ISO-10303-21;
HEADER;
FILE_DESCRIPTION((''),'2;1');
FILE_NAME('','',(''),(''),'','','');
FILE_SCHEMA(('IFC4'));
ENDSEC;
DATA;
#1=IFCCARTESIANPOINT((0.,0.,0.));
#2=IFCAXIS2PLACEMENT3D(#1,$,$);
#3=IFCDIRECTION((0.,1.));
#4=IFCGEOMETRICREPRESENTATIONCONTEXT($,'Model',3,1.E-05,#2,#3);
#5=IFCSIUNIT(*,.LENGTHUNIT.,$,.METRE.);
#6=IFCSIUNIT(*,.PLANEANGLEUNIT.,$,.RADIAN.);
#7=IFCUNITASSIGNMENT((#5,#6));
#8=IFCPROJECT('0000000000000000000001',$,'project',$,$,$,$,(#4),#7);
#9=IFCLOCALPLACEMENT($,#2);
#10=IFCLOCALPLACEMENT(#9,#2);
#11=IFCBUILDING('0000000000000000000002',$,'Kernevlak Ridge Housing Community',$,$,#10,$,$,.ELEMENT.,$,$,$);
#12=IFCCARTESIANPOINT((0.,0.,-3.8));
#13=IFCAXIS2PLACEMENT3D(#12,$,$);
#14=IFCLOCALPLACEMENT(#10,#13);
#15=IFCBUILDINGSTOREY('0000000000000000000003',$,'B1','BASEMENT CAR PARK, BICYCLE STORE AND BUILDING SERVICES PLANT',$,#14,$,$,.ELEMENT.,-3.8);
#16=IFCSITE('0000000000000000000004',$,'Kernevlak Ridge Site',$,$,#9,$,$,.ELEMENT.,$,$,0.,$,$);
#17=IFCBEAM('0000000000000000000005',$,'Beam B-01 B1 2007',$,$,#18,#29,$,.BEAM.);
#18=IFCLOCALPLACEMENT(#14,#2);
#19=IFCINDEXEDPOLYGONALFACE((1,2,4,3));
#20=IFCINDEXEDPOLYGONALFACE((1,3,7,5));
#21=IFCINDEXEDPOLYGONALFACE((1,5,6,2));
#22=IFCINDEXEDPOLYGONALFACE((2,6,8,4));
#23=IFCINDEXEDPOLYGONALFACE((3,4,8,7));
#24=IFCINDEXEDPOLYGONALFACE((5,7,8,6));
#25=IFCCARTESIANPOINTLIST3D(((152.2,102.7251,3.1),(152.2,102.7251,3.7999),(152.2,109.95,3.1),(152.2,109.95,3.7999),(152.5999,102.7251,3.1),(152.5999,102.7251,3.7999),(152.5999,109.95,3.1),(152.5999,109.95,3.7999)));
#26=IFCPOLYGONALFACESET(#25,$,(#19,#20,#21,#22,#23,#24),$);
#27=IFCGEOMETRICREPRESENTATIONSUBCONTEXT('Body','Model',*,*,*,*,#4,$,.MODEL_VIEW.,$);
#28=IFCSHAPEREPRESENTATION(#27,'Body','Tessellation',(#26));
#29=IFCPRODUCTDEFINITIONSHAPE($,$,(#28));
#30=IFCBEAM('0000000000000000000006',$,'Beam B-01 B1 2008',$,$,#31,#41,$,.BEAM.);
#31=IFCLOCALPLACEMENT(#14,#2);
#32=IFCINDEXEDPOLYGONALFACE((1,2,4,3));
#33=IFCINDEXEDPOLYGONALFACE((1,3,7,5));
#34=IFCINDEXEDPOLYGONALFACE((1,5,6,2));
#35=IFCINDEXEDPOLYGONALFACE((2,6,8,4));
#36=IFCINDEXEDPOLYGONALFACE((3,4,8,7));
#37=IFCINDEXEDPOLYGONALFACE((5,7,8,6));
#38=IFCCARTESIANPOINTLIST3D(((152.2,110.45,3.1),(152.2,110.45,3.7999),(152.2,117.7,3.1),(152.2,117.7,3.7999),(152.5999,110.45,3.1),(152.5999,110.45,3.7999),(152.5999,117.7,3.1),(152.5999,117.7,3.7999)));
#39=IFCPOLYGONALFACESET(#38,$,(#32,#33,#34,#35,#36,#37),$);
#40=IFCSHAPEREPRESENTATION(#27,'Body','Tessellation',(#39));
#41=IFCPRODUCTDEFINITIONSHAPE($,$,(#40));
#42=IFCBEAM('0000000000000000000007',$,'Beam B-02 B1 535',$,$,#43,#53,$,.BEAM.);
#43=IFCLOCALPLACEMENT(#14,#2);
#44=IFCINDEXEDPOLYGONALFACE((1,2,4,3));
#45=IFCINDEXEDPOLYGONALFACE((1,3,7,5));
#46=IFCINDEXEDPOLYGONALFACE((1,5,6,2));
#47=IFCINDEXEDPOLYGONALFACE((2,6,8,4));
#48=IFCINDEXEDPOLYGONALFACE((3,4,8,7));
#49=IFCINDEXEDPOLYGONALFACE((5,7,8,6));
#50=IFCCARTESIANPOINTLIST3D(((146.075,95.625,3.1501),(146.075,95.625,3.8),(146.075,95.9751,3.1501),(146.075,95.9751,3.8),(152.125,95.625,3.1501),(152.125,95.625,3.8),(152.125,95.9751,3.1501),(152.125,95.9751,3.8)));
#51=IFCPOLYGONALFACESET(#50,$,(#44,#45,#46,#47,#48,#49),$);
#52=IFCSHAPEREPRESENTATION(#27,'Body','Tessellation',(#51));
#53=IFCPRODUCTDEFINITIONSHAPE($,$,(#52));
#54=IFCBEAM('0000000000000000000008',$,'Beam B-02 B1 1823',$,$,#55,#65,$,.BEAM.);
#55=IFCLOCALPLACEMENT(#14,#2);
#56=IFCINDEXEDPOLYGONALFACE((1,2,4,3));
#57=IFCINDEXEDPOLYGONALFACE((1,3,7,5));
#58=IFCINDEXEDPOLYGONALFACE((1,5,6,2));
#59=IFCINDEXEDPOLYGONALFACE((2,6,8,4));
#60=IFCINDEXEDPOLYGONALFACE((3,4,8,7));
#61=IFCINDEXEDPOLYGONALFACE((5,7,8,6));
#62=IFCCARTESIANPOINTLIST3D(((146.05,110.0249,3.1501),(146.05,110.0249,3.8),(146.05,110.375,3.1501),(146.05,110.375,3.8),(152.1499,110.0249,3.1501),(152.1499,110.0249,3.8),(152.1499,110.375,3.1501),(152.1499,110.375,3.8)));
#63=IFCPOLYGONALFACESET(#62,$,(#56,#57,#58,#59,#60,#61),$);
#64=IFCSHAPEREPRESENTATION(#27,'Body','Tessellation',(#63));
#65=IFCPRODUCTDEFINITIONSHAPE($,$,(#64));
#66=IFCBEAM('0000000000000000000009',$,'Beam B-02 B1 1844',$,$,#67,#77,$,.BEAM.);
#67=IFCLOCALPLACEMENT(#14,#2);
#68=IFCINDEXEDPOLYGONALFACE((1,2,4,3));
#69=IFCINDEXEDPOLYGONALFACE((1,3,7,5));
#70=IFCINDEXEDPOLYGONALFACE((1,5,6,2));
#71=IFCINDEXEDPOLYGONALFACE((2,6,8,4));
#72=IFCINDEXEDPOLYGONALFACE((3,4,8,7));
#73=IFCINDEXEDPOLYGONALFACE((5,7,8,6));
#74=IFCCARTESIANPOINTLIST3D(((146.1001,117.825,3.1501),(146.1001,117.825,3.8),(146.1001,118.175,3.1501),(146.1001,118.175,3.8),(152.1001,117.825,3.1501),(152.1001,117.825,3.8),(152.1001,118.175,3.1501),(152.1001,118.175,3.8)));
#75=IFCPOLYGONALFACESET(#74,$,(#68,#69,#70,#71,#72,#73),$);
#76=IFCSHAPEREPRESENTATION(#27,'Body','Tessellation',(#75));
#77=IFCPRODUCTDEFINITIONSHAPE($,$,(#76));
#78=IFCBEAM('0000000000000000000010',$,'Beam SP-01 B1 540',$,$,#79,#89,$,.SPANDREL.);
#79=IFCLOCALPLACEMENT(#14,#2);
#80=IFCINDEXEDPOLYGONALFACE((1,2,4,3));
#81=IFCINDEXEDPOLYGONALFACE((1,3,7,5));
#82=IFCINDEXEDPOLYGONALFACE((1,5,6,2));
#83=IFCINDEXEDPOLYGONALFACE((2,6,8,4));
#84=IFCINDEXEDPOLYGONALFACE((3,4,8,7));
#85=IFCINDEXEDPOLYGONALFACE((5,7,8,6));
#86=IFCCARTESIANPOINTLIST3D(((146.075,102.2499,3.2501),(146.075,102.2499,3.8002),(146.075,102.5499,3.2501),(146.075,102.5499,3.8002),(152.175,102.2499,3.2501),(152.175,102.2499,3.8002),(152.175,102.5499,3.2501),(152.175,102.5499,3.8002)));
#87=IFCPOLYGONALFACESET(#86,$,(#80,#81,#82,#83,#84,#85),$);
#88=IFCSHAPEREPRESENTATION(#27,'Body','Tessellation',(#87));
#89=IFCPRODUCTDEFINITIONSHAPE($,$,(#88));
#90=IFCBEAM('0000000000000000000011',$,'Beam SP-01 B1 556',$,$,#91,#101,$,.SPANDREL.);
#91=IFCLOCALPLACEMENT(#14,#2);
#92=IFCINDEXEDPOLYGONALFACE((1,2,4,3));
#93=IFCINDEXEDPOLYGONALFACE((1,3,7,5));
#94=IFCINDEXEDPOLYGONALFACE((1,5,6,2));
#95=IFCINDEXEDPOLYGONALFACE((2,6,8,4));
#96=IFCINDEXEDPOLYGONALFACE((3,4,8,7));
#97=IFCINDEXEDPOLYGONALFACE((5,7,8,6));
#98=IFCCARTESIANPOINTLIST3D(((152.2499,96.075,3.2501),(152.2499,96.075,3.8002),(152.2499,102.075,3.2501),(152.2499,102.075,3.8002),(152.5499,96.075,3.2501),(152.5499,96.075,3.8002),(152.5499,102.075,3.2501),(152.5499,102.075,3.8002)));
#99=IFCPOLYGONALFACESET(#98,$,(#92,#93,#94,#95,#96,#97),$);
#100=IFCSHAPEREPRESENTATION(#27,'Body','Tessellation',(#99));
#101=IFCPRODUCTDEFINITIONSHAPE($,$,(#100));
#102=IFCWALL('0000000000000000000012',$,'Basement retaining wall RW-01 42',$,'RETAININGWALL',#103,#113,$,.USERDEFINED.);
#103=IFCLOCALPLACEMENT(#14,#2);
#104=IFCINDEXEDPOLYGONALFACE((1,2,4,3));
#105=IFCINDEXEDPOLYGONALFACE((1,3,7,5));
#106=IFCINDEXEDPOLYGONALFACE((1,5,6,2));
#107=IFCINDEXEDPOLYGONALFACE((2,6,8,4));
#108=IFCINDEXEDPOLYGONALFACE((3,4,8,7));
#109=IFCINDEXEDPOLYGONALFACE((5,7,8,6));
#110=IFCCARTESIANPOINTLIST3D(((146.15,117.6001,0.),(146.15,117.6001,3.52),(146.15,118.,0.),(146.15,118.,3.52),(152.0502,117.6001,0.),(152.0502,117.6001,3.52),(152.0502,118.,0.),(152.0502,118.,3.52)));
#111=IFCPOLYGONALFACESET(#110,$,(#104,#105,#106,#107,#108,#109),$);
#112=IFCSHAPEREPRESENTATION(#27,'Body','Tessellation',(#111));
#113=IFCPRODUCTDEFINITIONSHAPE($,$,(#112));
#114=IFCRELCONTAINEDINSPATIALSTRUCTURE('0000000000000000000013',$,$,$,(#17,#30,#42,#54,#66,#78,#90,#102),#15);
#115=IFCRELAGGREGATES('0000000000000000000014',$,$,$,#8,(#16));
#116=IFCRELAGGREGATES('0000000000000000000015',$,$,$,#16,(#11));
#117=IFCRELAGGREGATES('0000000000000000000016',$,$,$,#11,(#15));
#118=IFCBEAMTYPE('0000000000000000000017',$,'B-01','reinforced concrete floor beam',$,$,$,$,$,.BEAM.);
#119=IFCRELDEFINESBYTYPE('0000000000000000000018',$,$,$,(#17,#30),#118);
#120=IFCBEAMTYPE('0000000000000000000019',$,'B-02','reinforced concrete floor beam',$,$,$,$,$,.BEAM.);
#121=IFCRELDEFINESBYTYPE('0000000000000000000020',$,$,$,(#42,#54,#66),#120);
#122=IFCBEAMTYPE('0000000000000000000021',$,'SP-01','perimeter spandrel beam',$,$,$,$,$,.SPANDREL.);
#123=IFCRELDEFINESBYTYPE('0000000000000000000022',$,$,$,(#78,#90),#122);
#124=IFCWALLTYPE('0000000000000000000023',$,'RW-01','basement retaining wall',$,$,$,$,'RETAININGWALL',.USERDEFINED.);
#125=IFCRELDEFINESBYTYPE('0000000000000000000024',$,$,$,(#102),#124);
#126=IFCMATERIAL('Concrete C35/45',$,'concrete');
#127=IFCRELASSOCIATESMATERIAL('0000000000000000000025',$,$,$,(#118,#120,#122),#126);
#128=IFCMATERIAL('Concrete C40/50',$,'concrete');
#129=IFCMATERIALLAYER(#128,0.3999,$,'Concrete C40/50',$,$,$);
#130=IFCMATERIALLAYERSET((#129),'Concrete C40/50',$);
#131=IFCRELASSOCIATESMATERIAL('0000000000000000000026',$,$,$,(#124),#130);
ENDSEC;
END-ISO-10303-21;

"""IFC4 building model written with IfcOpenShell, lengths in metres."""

from ifc_helpers import new_model, si_unit, direction, frame, frame_2d, origin, origin_2d, place, context, subcontext, project, spatial, rectangle, extrude, material, layer, layer_set, material_profile, profile_set, type_object, element, save


model = new_model("IFC4")

# Units and contexts
model_context = context("Model", 3, precision=1e-05, world=origin(), true_north=direction((0.0, 1.0)))
body_context = subcontext(model_context, "Body", "Model", "MODEL_VIEW")
ifc_project = project(units=[si_unit("LENGTHUNIT", "METRE"), si_unit("PLANEANGLEUNIT", "RADIAN")], contexts=[model_context])

# Site, building, storey
site_placement = place(None, origin())
site = spatial("IfcSite", under=ifc_project, at=site_placement, Name="Kernevlak Ridge Site", CompositionType="ELEMENT", RefElevation=0.0)
building_placement = place(site_placement, origin())
building = spatial("IfcBuilding", under=site, at=building_placement, Name="Kernevlak Ridge Housing Community", CompositionType="ELEMENT")
storey_placement = place(building_placement, frame((0.0, 0.0, -3.8)))
storey = spatial("IfcBuildingStorey", under=building, at=storey_placement, Name="B1", Description="BASEMENT CAR PARK, BICYCLE STORE AND BUILDING SERVICES PLANT", CompositionType="ELEMENT", Elevation=-3.8)

# Shared definitions
ifc_material_1 = material(Name="Concrete C35/45", Category="concrete")

# Shared definitions
ifc_material_2 = material(Name="Concrete C40/50", Category="concrete")

# Beams
ifc_material_profile_1 = material_profile(ifc_material_1, rectangle(XDim=0.3999, YDim=0.7, at=origin_2d()), Name="RC 400x700")
ifc_profile_set_1 = profile_set([ifc_material_profile_1], Name="Concrete C35/45")
beam_type_1 = type_object("IfcBeamType", Name="B-01", Description="reinforced concrete floor beam", PredefinedType="BEAM", material=ifc_profile_set_1)
beam_1_placement = place(storey_placement, frame((152.3999, 102.7251, 3.45), z_axis=(0.0, 1.0, 0.0), x_axis=(-1.0, 0.0, 0.0)))
element("IfcBeam", 1, at=beam_1_placement, inside=storey, type_object=beam_type_1, Name="Beam B-01 B1 2007", PredefinedType="BEAM", context=body_context, shape_type="SweptSolid", body=[
    extrude(rectangle(XDim=0.3999, YDim=0.7, at=origin_2d()), origin(), (0.0, 0.0, 1.0), 7.2249),
])
beam_2_placement = place(storey_placement, frame((152.3999, 110.45, 3.45), z_axis=(0.0, 1.0, 0.0), x_axis=(-1.0, 0.0, 0.0)))
element("IfcBeam", 2, at=beam_2_placement, inside=storey, type_object=beam_type_1, Name="Beam B-01 B1 2008", PredefinedType="BEAM", context=body_context, shape_type="SweptSolid", body=[
    extrude(rectangle(XDim=0.3999, YDim=0.7, at=origin_2d()), origin(), (0.0, 0.0, 1.0), 7.25),
])
ifc_material_profile_2 = material_profile(ifc_material_1, rectangle(XDim=0.3501, YDim=0.6499, at=origin_2d()), Name="RC 350x650")
ifc_profile_set_2 = profile_set([ifc_material_profile_2], Name="Concrete C35/45")
beam_type_2 = type_object("IfcBeamType", Name="B-02", Description="reinforced concrete floor beam", PredefinedType="BEAM", material=ifc_profile_set_2)
beam_3_placement = place(storey_placement, frame((146.075, 95.8, 3.4751), z_axis=(1.0, 0.0, 0.0), x_axis=(0.0, 1.0, 0.0)))
element("IfcBeam", 3, at=beam_3_placement, inside=storey, type_object=beam_type_2, Name="Beam B-02 B1 535", PredefinedType="BEAM", context=body_context, shape_type="SweptSolid", body=[
    extrude(rectangle(XDim=0.3501, YDim=0.6499, at=origin_2d()), origin(), (0.0, 0.0, 1.0), 6.05),
])
beam_4_placement = place(storey_placement, frame((146.05, 110.2, 3.4751), z_axis=(1.0, 0.0, 0.0), x_axis=(0.0, 1.0, 0.0)))
element("IfcBeam", 4, at=beam_4_placement, inside=storey, type_object=beam_type_2, Name="Beam B-02 B1 1823", PredefinedType="BEAM", context=body_context, shape_type="SweptSolid", body=[
    extrude(rectangle(XDim=0.3501, YDim=0.6499, at=origin_2d()), origin(), (0.0, 0.0, 1.0), 6.0999),
])
beam_5_placement = place(storey_placement, frame((146.1001, 118.0, 3.4751), z_axis=(1.0, 0.0, 0.0), x_axis=(0.0, 1.0, 0.0)))
element("IfcBeam", 5, at=beam_5_placement, inside=storey, type_object=beam_type_2, Name="Beam B-02 B1 1844", PredefinedType="BEAM", context=body_context, shape_type="SweptSolid", body=[
    extrude(rectangle(XDim=0.3501, YDim=0.6499, at=origin_2d()), origin(), (0.0, 0.0, 1.0), 6.0),
])
ifc_material_profile_3 = material_profile(ifc_material_1, rectangle(XDim=0.3, YDim=0.55, at=origin_2d()), Name="RC 300x550")
ifc_profile_set_3 = profile_set([ifc_material_profile_3], Name="Concrete C35/45")
beam_type_3 = type_object("IfcBeamType", Name="SP-01", Description="perimeter spandrel beam", PredefinedType="SPANDREL", material=ifc_profile_set_3)
beam_6_placement = place(storey_placement, frame((146.075, 102.3999, 3.5251), z_axis=(1.0, 0.0, 0.0), x_axis=(0.0, 1.0, 0.0)))
element("IfcBeam", 6, at=beam_6_placement, inside=storey, type_object=beam_type_3, Name="Beam SP-01 B1 540", PredefinedType="SPANDREL", context=body_context, shape_type="SweptSolid", body=[
    extrude(rectangle(XDim=0.3, YDim=0.55, at=origin_2d()), origin(), (0.0, 0.0, 1.0), 6.1001),
])
beam_7_placement = place(storey_placement, frame((152.3999, 96.075, 3.5251), z_axis=(0.0, 1.0, 0.0), x_axis=(-1.0, 0.0, 0.0)))
element("IfcBeam", 7, at=beam_7_placement, inside=storey, type_object=beam_type_3, Name="Beam SP-01 B1 556", PredefinedType="SPANDREL", context=body_context, shape_type="SweptSolid", body=[
    extrude(rectangle(XDim=0.3, YDim=0.55, at=origin_2d()), origin(), (0.0, 0.0, 1.0), 6.0),
])

# Wall
ifc_layer = layer(ifc_material_2, 0.3999, Name="Concrete C40/50")
ifc_layer_set = layer_set([ifc_layer], Name="Concrete C40/50")
wall_type = type_object("IfcWallType", Name="RW-01", Description="basement retaining wall", ElementType="RETAININGWALL", PredefinedType="USERDEFINED", material=ifc_layer_set)
wall_placement = place(storey_placement, frame((146.1499, 117.8, 0.0), z_axis=(0.0, 0.0, 1.0), x_axis=(1.0, 0.0, 0.0)))
element("IfcWall", 8, at=wall_placement, inside=storey, type_object=wall_type, Name="Basement retaining wall RW-01 42", ObjectType="RETAININGWALL", PredefinedType="USERDEFINED", context=body_context, shape_type="SweptSolid", body=[
    extrude(rectangle(XDim=5.9001, YDim=0.3999, at=frame_2d((2.9502, 0.0))), origin(), (0.0, 0.0, 1.0), 3.52),
])

save(model, "model.ifc")
